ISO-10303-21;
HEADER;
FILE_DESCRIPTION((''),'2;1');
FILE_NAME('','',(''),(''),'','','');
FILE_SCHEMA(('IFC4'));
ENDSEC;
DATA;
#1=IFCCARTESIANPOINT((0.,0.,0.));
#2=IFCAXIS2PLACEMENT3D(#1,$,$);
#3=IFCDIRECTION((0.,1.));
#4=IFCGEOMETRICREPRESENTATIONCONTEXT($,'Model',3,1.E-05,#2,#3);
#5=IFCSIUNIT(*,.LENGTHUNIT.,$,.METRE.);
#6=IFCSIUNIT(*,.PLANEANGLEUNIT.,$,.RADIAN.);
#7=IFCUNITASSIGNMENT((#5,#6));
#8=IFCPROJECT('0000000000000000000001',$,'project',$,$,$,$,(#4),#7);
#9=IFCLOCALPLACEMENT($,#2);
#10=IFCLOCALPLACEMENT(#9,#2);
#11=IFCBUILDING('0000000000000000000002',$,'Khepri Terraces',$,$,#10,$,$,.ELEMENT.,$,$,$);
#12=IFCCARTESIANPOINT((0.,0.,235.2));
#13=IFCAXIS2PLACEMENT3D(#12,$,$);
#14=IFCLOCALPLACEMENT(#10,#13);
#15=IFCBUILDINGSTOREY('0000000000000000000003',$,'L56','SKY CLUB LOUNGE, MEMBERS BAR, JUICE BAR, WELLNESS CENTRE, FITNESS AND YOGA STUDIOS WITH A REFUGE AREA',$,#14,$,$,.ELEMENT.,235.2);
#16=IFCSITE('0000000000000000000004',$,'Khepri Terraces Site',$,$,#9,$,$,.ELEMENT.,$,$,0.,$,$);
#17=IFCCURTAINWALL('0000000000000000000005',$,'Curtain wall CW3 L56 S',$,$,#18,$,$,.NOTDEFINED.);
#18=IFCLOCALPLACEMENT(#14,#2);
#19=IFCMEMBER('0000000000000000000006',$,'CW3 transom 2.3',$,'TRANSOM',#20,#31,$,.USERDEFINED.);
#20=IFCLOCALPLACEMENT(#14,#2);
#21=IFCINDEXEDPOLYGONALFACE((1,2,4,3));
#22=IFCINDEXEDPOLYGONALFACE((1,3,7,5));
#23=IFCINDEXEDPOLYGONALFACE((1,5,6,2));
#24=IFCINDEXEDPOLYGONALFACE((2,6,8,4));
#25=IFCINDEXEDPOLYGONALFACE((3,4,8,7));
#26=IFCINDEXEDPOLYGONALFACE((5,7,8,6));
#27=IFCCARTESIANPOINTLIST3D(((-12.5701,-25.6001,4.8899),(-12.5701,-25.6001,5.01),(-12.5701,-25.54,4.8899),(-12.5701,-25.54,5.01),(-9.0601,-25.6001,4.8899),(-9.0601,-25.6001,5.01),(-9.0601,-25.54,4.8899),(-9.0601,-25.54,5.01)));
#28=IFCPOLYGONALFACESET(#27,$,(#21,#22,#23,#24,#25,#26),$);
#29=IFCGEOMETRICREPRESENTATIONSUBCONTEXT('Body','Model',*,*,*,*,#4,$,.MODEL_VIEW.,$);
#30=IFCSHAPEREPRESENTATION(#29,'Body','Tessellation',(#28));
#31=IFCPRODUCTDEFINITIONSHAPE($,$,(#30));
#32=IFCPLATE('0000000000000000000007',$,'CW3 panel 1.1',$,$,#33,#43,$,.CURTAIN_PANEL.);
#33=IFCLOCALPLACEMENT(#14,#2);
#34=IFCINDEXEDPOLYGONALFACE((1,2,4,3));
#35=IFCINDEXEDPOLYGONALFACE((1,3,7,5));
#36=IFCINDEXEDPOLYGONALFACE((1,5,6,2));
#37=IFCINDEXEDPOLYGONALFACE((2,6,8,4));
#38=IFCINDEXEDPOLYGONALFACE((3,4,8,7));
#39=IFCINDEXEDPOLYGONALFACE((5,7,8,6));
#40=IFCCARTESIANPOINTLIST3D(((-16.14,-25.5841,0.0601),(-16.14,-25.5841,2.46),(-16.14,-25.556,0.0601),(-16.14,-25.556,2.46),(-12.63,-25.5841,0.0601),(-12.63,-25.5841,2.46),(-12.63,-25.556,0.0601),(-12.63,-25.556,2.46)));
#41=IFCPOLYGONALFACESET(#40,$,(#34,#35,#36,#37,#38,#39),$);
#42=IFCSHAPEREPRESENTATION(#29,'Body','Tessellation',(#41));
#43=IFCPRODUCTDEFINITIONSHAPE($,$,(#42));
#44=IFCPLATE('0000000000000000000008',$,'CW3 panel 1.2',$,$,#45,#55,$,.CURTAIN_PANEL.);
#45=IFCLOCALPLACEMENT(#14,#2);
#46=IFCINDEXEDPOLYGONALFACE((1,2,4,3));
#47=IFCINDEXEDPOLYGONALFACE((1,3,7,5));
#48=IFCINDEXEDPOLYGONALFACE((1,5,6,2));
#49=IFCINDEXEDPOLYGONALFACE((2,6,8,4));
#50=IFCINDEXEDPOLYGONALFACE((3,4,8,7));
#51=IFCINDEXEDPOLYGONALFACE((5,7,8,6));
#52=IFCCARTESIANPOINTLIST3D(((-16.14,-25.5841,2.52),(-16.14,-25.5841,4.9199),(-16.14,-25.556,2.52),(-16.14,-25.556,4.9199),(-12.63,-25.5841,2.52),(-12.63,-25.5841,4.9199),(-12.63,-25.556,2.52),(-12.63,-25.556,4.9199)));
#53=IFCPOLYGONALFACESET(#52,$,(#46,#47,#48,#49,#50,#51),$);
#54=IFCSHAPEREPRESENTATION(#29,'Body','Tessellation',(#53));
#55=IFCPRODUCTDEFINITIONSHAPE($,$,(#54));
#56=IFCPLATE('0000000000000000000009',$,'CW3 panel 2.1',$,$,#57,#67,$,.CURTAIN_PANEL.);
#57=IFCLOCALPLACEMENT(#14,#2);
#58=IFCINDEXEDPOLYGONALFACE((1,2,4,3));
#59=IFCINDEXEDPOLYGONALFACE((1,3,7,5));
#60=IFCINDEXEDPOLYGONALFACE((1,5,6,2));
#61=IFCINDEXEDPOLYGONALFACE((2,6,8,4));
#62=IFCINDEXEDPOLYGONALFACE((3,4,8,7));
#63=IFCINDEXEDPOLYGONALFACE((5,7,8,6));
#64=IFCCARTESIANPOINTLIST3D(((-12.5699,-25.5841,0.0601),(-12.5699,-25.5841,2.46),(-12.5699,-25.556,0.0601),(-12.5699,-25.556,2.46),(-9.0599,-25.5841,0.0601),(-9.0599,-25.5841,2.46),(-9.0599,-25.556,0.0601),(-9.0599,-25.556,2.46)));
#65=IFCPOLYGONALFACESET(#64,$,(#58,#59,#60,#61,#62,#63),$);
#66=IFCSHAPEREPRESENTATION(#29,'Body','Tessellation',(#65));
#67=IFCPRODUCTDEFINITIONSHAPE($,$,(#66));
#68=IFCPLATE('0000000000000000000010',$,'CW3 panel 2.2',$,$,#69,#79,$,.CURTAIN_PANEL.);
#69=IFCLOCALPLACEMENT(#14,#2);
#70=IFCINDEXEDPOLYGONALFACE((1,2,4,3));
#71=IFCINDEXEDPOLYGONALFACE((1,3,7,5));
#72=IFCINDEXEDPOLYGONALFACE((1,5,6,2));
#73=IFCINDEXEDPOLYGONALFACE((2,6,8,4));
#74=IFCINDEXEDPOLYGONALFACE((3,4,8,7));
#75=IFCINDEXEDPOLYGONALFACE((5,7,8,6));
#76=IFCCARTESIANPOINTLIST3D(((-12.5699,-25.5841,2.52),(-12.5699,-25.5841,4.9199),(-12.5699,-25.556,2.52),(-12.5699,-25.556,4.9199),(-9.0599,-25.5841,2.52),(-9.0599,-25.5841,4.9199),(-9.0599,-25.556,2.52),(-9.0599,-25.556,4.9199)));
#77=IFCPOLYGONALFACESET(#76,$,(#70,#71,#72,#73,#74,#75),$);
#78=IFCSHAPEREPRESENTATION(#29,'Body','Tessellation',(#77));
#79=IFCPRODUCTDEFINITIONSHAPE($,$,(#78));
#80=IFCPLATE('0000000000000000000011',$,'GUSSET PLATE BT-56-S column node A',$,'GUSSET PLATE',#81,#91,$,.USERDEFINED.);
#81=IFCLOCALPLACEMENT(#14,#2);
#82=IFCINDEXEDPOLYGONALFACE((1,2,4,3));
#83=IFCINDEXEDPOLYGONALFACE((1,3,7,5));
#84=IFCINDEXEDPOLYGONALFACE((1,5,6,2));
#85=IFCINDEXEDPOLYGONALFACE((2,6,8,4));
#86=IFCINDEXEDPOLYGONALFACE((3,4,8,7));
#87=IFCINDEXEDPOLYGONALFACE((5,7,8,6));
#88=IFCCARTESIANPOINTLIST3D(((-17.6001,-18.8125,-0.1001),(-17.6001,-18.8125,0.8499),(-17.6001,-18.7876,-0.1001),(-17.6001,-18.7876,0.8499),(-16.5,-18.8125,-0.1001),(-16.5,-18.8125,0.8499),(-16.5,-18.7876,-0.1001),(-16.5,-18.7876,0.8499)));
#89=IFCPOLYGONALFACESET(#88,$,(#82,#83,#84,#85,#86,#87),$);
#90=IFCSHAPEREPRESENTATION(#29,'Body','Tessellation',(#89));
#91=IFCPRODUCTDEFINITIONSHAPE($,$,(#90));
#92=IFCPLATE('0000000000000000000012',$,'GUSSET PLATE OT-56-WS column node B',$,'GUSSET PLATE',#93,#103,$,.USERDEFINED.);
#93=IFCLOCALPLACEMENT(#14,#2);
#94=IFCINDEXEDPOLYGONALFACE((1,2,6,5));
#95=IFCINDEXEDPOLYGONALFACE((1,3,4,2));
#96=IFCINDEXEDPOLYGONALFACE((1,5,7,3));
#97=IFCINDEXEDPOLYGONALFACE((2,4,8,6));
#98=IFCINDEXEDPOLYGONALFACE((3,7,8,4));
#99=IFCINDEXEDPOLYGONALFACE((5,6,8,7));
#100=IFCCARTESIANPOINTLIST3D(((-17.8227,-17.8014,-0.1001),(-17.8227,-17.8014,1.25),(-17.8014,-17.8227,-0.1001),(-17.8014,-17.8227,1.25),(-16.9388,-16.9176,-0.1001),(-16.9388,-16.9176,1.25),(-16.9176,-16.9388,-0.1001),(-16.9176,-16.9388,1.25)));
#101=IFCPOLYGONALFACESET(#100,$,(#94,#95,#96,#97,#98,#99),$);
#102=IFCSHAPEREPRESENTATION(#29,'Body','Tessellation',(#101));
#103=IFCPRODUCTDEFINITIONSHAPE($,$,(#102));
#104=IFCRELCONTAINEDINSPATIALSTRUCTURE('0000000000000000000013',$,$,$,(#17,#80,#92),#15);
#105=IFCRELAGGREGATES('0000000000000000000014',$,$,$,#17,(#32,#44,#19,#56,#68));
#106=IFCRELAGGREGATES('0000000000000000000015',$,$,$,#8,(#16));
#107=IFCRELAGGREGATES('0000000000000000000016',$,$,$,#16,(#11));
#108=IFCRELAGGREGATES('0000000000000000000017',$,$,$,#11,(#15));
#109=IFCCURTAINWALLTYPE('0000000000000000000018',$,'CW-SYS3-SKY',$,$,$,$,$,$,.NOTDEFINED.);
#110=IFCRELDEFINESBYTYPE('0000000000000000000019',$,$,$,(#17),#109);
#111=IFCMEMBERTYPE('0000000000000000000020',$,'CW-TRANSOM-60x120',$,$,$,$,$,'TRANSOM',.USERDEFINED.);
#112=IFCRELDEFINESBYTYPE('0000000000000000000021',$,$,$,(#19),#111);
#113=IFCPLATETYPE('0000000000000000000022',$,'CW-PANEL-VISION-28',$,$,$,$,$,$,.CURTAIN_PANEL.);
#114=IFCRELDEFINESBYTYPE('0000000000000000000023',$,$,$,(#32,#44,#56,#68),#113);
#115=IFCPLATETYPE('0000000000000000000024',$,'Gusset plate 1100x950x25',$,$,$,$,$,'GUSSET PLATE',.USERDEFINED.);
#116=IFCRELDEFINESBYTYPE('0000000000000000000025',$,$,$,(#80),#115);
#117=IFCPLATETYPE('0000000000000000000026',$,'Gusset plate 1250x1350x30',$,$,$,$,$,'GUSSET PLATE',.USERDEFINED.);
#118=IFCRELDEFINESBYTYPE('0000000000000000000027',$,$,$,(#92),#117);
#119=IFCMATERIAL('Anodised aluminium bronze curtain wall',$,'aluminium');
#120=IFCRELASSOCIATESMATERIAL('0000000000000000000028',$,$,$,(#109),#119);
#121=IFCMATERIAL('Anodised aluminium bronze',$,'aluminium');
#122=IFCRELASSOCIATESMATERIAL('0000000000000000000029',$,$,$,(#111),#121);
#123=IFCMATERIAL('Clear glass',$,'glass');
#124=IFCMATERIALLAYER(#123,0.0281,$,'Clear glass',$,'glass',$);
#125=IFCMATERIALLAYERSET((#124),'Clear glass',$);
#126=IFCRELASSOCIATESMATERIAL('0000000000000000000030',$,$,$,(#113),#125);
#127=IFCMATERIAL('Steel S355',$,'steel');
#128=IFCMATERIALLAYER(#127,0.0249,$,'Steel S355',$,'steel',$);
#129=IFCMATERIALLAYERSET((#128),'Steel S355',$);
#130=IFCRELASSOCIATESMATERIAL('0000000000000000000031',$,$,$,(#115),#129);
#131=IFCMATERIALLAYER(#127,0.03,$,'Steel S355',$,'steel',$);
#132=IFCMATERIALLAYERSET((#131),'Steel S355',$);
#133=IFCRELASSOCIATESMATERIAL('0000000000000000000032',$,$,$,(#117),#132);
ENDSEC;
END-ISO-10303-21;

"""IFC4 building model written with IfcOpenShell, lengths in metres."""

from ifc_helpers import new_model, si_unit, direction, frame, origin, origin_2d, place, context, subcontext, project, spatial, rectangle, extrude, material, layer, layer_set, material_profile, profile_set, type_object, element, aggregate, save


model = new_model("IFC4")

# Units and contexts
model_context = context("Model", 3, precision=1e-05, world=origin(), true_north=direction((0.0, 1.0)))
body_context = subcontext(model_context, "Body", "Model", "MODEL_VIEW")
ifc_project = project(units=[si_unit("LENGTHUNIT", "METRE"), si_unit("PLANEANGLEUNIT", "RADIAN")], contexts=[model_context])

# Site, building, storey
site_placement = place(None, origin())
site = spatial("IfcSite", under=ifc_project, at=site_placement, Name="Khepri Terraces Site", CompositionType="ELEMENT", RefElevation=0.0)
building_placement = place(site_placement, origin())
building = spatial("IfcBuilding", under=site, at=building_placement, Name="Khepri Terraces", CompositionType="ELEMENT")
storey_placement = place(building_placement, frame((0.0, 0.0, 235.2)))
storey = spatial("IfcBuildingStorey", under=building, at=storey_placement, Name="L56", Description="SKY CLUB LOUNGE, MEMBERS BAR, JUICE BAR, WELLNESS CENTRE, FITNESS AND YOGA STUDIOS WITH A REFUGE AREA", CompositionType="ELEMENT", Elevation=235.2)

# Shared definitions
ifc_material_1 = material(Name="Steel S355", Category="steel")

# Curtain wall, member, plates
ifc_material_2 = material(Name="Anodised aluminium bronze curtain wall", Category="aluminium")
curtain_wall_type = type_object("IfcCurtainWallType", Name="CW-SYS3-SKY", PredefinedType="NOTDEFINED", material=ifc_material_2)
curtain_wall_placement = place(storey_placement, origin())
curtain_wall = element("IfcCurtainWall", 1, at=curtain_wall_placement, inside=storey, type_object=curtain_wall_type, Name="Curtain wall CW3 L56 S", PredefinedType="NOTDEFINED")
ifc_material_3 = material(Name="Anodised aluminium bronze", Category="aluminium")
ifc_material_profile_1 = material_profile(ifc_material_3, rectangle(XDim=0.0601, YDim=0.1201, at=origin_2d()), Name="Anodised aluminium bronze", Category="aluminium")
ifc_profile_set_1 = profile_set([ifc_material_profile_1], Name="Anodised aluminium bronze")
member_type_1 = type_object("IfcMemberType", Name="CW-TRANSOM-60x120", ElementType="TRANSOM", PredefinedType="USERDEFINED", material=ifc_profile_set_1)
member_1_placement = place(storey_placement, frame((-12.5701, -25.5701, 4.95), z_axis=(1.0, 0.0, 0.0), x_axis=(0.0, 1.0, 0.0)))
member_1 = element("IfcMember", 2, at=member_1_placement, type_object=member_type_1, Name="CW3 transom 2.3", ObjectType="TRANSOM", PredefinedType="USERDEFINED", context=body_context, shape_type="SweptSolid", body=[
    extrude(rectangle(XDim=0.0601, YDim=0.1201, at=origin_2d()), origin(), (0.0, 0.0, 1.0), 3.51),
])
ifc_material_4 = material(Name="Clear glass", Category="glass")
ifc_layer_1 = layer(ifc_material_4, 0.0281, Name="Clear glass", Category="glass")
ifc_layer_set_1 = layer_set([ifc_layer_1], Name="Clear glass")
plate_type_1 = type_object("IfcPlateType", Name="CW-PANEL-VISION-28", PredefinedType="CURTAIN_PANEL", material=ifc_layer_set_1)
plate_1_placement = place(storey_placement, frame((-14.385, -25.5701, 0.0601), z_axis=(0.0, 0.0, 1.0), x_axis=(1.0, 0.0, 0.0)))
plate_1 = element("IfcPlate", 3, at=plate_1_placement, type_object=plate_type_1, Name="CW3 panel 1.1", PredefinedType="CURTAIN_PANEL", context=body_context, shape_type="SweptSolid", body=[
    extrude(rectangle(XDim=3.51, YDim=0.0281, at=origin_2d()), origin(), (0.0, 0.0, 1.0), 2.3999),
])
plate_2_placement = place(storey_placement, frame((-14.385, -25.5701, 2.52), z_axis=(0.0, 0.0, 1.0), x_axis=(1.0, 0.0, 0.0)))
plate_2 = element("IfcPlate", 4, at=plate_2_placement, type_object=plate_type_1, Name="CW3 panel 1.2", PredefinedType="CURTAIN_PANEL", context=body_context, shape_type="SweptSolid", body=[
    extrude(rectangle(XDim=3.51, YDim=0.0281, at=origin_2d()), origin(), (0.0, 0.0, 1.0), 2.3999),
])
plate_3_placement = place(storey_placement, frame((-10.8149, -25.5701, 0.0601), z_axis=(0.0, 0.0, 1.0), x_axis=(1.0, 0.0, 0.0)))
plate_3 = element("IfcPlate", 5, at=plate_3_placement, type_object=plate_type_1, Name="CW3 panel 2.1", PredefinedType="CURTAIN_PANEL", context=body_context, shape_type="SweptSolid", body=[
    extrude(rectangle(XDim=3.51, YDim=0.0281, at=origin_2d()), origin(), (0.0, 0.0, 1.0), 2.3999),
])
plate_4_placement = place(storey_placement, frame((-10.8149, -25.5701, 2.52), z_axis=(0.0, 0.0, 1.0), x_axis=(1.0, 0.0, 0.0)))
plate_4 = element("IfcPlate", 6, at=plate_4_placement, type_object=plate_type_1, Name="CW3 panel 2.2", PredefinedType="CURTAIN_PANEL", context=body_context, shape_type="SweptSolid", body=[
    extrude(rectangle(XDim=3.51, YDim=0.0281, at=origin_2d()), origin(), (0.0, 0.0, 1.0), 2.3999),
])
aggregate(curtain_wall, [plate_1, plate_2, member_1, plate_3, plate_4])

# Plates
ifc_layer_2 = layer(ifc_material_1, 0.0249, Name="Steel S355", Category="steel")
ifc_layer_set_2 = layer_set([ifc_layer_2], Name="Steel S355")
plate_type_2 = type_object("IfcPlateType", Name="Gusset plate 1100x950x25", ElementType="GUSSET PLATE", PredefinedType="USERDEFINED", material=ifc_layer_set_2)
plate_5_placement = place(storey_placement, frame((-17.05, -18.8, -0.1001), z_axis=(0.0, 0.0, 1.0), x_axis=(1.0, 0.0, 0.0)))
element("IfcPlate", 7, at=plate_5_placement, inside=storey, type_object=plate_type_2, Name="GUSSET PLATE BT-56-S column node A", ObjectType="GUSSET PLATE", PredefinedType="USERDEFINED", context=body_context, shape_type="SweptSolid", body=[
    extrude(rectangle(XDim=1.1001, YDim=0.0249, at=origin_2d()), origin(), (0.0, 0.0, 1.0), 0.95),
])
ifc_layer_3 = layer(ifc_material_1, 0.03, Name="Steel S355", Category="steel")
ifc_layer_set_3 = layer_set([ifc_layer_3], Name="Steel S355")
plate_type_3 = type_object("IfcPlateType", Name="Gusset plate 1250x1350x30", ElementType="GUSSET PLATE", PredefinedType="USERDEFINED", material=ifc_layer_set_3)
plate_6_placement = place(storey_placement, frame((-17.3701, -17.3701, -0.1001), z_axis=(0.0, 0.0, 1.0), x_axis=(-0.707107, -0.707107, 0.0)))
element("IfcPlate", 8, at=plate_6_placement, inside=storey, type_object=plate_type_3, Name="GUSSET PLATE OT-56-WS column node B", ObjectType="GUSSET PLATE", PredefinedType="USERDEFINED", context=body_context, shape_type="SweptSolid", body=[
    extrude(rectangle(XDim=1.25, YDim=0.03, at=origin_2d()), origin(), (0.0, 0.0, 1.0), 1.3501),
])

save(model, "model.ifc")
